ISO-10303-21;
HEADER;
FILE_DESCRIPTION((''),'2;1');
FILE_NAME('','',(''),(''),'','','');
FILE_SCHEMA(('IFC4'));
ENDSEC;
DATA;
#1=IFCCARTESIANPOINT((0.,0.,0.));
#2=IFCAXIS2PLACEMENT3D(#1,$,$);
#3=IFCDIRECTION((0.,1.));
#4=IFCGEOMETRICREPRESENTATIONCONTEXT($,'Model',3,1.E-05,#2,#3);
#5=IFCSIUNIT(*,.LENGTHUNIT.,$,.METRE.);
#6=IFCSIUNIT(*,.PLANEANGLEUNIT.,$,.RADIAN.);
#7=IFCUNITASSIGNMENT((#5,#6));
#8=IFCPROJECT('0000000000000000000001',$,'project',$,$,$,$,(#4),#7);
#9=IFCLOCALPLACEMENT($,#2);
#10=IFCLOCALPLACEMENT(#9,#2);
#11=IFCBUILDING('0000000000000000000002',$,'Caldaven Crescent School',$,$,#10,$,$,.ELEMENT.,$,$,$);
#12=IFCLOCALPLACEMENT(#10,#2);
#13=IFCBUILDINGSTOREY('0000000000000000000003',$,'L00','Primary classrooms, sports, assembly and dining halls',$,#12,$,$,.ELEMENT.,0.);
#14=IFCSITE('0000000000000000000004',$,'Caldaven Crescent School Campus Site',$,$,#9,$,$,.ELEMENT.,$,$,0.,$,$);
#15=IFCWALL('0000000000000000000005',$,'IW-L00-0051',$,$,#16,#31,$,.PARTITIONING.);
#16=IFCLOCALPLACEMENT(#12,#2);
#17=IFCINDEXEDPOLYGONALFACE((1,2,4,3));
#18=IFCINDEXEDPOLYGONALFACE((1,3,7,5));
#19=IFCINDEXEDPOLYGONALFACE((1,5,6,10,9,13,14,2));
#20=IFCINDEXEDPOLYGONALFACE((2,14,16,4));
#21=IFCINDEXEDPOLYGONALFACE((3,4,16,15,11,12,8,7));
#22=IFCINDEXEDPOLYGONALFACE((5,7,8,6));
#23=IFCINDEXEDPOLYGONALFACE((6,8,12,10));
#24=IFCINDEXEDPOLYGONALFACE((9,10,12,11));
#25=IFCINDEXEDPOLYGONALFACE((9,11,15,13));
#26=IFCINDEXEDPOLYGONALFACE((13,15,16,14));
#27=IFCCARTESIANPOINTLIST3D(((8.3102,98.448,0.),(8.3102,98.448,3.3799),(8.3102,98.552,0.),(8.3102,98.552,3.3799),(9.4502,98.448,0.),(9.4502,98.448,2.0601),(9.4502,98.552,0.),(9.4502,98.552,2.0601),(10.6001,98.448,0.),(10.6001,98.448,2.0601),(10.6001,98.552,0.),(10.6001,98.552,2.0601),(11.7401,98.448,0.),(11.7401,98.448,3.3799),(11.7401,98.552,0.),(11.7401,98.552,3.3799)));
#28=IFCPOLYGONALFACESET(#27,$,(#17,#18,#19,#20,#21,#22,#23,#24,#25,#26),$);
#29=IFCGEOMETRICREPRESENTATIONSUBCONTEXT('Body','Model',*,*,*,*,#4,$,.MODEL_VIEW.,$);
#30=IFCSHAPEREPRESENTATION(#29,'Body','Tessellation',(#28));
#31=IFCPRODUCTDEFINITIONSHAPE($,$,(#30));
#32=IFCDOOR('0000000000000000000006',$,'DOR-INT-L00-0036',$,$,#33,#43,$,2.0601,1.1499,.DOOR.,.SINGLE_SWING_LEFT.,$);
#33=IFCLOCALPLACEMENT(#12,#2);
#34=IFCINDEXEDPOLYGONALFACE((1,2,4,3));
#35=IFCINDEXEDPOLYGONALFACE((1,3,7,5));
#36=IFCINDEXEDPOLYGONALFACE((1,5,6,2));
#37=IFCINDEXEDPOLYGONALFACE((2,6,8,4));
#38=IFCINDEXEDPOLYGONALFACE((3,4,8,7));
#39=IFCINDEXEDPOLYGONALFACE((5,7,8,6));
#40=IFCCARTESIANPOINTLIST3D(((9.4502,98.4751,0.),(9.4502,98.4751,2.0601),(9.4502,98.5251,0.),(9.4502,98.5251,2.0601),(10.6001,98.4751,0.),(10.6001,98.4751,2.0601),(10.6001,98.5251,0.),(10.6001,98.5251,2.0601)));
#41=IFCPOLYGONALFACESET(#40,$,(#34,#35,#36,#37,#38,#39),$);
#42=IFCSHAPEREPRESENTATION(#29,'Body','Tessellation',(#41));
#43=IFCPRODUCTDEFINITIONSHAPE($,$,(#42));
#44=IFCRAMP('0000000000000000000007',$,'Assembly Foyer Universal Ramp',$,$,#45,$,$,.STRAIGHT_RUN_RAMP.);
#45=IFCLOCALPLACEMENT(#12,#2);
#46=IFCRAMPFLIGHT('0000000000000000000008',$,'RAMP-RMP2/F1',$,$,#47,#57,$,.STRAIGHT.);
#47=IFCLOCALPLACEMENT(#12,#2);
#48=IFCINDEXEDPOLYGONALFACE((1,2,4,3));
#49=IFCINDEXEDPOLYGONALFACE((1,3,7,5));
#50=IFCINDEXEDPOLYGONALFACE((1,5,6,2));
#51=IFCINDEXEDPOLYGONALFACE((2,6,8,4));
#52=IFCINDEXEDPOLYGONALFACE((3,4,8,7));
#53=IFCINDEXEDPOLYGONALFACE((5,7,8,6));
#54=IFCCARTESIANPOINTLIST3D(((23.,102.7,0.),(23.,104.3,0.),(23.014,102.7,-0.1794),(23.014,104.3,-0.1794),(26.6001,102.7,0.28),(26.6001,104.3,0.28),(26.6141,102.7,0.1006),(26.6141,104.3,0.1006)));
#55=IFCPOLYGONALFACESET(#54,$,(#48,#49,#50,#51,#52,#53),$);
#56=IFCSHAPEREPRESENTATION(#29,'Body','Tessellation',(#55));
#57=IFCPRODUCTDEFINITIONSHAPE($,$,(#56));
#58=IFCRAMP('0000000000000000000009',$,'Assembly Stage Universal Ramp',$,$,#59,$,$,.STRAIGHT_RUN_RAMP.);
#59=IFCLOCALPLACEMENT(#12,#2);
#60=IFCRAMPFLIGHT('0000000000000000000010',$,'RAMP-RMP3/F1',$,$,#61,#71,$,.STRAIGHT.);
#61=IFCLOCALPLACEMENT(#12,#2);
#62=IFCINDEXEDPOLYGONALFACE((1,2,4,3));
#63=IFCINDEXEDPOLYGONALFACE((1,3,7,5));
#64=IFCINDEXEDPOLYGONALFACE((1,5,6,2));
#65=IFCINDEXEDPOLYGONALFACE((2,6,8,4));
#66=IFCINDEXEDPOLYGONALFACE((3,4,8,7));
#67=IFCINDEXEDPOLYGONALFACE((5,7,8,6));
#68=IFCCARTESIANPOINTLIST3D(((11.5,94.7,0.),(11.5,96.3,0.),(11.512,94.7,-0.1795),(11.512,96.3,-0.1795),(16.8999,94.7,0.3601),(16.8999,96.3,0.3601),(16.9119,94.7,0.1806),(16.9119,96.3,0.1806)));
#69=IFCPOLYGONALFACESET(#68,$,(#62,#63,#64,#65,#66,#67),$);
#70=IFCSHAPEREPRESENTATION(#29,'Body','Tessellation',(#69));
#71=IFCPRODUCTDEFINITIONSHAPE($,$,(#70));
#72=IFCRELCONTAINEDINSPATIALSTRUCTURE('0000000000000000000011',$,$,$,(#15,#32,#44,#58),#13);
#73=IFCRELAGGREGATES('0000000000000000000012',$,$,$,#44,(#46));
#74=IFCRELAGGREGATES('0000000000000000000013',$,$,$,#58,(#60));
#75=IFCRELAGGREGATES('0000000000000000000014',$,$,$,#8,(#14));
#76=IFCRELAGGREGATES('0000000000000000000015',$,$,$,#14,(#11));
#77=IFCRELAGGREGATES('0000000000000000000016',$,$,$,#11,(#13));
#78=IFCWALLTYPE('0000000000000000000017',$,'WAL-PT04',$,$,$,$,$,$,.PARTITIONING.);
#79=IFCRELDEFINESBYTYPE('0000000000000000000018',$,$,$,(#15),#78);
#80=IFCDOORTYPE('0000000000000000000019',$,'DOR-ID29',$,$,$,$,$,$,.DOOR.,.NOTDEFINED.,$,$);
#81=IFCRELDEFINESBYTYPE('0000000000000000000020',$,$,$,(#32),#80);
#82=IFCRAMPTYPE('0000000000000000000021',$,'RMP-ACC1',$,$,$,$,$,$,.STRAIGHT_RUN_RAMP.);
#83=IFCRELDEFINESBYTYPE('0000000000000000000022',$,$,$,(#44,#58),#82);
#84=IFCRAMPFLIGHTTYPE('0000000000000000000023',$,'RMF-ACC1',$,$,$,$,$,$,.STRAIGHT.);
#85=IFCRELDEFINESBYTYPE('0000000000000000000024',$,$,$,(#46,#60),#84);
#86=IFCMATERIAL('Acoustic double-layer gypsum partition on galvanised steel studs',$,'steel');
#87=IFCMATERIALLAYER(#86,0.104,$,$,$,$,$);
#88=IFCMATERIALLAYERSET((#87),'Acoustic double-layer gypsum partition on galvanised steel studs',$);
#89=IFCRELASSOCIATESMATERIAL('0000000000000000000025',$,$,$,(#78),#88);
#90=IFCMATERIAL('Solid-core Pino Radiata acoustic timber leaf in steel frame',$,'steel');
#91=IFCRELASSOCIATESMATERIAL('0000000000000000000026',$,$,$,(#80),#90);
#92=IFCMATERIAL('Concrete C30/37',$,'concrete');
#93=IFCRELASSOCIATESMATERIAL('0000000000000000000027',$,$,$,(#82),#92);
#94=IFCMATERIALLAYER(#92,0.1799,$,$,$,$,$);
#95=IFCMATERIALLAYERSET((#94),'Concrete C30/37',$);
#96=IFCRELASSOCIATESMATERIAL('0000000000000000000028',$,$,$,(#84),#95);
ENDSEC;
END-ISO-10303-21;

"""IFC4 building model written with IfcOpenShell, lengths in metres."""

from ifc_helpers import new_model, si_unit, direction, frame, frame_2d, origin, place, context, subcontext, project, spatial, polyline, rectangle, outline, extrude, material, layer, layer_set, type_object, element, fill, aggregate, save


model = new_model("IFC4")

# Units and contexts
model_context = context("Model", 3, precision=1e-05, world=origin(), true_north=direction((0.0, 1.0)))
body_context = subcontext(model_context, "Body", "Model", "MODEL_VIEW")
ifc_project = project(units=[si_unit("LENGTHUNIT", "METRE"), si_unit("PLANEANGLEUNIT", "RADIAN")], contexts=[model_context])

# Site, building, storey
site_placement = place(None, origin())
site = spatial("IfcSite", under=ifc_project, at=site_placement, Name="Caldaven Crescent School Campus Site", CompositionType="ELEMENT", RefElevation=0.0)
building_placement = place(site_placement, origin())
building = spatial("IfcBuilding", under=site, at=building_placement, Name="Caldaven Crescent School", CompositionType="ELEMENT")
storey_placement = place(building_placement, origin())
storey = spatial("IfcBuildingStorey", under=building, at=storey_placement, Name="L00", Description="Primary classrooms, sports, assembly and dining halls", CompositionType="ELEMENT", Elevation=0.0)

# Shared definitions
ifc_material_1 = material(Name="Concrete C30/37", Category="concrete")

# Wall, opening, door
ifc_material_2 = material(Name="Acoustic double-layer gypsum partition on galvanised steel studs", Category="steel")
ifc_layer_1 = layer(ifc_material_2, 0.104)
ifc_layer_set_1 = layer_set([ifc_layer_1], Name="Acoustic double-layer gypsum partition on galvanised steel studs")
wall_type_1 = type_object("IfcWallType", Name="WAL-PT04", PredefinedType="PARTITIONING", material=ifc_layer_set_1)
wall_1_placement = place(storey_placement, frame((11.74, 98.5, 0.0), z_axis=(0.0, 0.0, 1.0), x_axis=(-1.0, 0.0, 0.0)))
wall_1 = element("IfcWall", 1, at=wall_1_placement, inside=storey, type_object=wall_type_1, Name="IW-L00-0051", PredefinedType="PARTITIONING", context=body_context, shape_type="SweptSolid", body=[
    extrude(rectangle(XDim=3.4299, YDim=0.104, at=frame_2d((1.7148, 0.0))), origin(), (0.0, 0.0, 1.0), 3.3799),
])
opening_placement = place(wall_1_placement, frame((1.1399, 0.0, 0.0)))
opening = element("IfcOpeningElement", 2, at=opening_placement, cuts=wall_1, PredefinedType="OPENING", context=body_context, shape_type="SweptSolid", body=[
    extrude(rectangle(XDim=1.1499, YDim=2.0601, at=frame_2d((0.575, 1.03))), frame((0.0, 0.062, 0.0), z_axis=(0.0, -1.0, 0.0), x_axis=(1.0, 0.0, 0.0)), (0.0, 0.0, 1.0), 0.124),
])
ifc_material_3 = material(Name="Solid-core Pino Radiata acoustic timber leaf in steel frame", Category="steel")
door_type = type_object("IfcDoorType", Name="DOR-ID29", OperationType="NOTDEFINED", PredefinedType="DOOR", material=ifc_material_3)
door_placement = place(opening_placement, origin())
door = element("IfcDoor", 3, at=door_placement, inside=storey, type_object=door_type, Name="DOR-INT-L00-0036", OperationType="SINGLE_SWING_LEFT", OverallHeight=2.0601, OverallWidth=1.1499, PredefinedType="DOOR", context=body_context, shape_type="SweptSolid", body=[
    extrude(rectangle(XDim=1.1499, YDim=2.0601, at=frame_2d((0.575, 1.03))), frame((0.0, 0.0249, 0.0), z_axis=(0.0, -1.0, 0.0), x_axis=(1.0, 0.0, 0.0)), (0.0, 0.0, 1.0), 0.05),
])
fill(opening, door)

# Ramps, ramp flights
ramp_type = type_object("IfcRampType", Name="RMP-ACC1", PredefinedType="STRAIGHT_RUN_RAMP", material=ifc_material_1)
ramp_1_placement = place(storey_placement, origin())
ramp_1 = element("IfcRamp", 4, at=ramp_1_placement, inside=storey, type_object=ramp_type, Name="Assembly Foyer Universal Ramp", PredefinedType="STRAIGHT_RUN_RAMP")
ifc_layer_2 = layer(ifc_material_1, 0.1799)
ifc_layer_set_2 = layer_set([ifc_layer_2], Name="Concrete C30/37")
ramp_flight_type = type_object("IfcRampFlightType", Name="RMF-ACC1", PredefinedType="STRAIGHT", material=ifc_layer_set_2)
ramp_flight_1_placement = place(storey_placement, frame((23.0, 102.7, 0.0), z_axis=(-0.07755, 0.0, 0.996988), x_axis=(0.996988, 0.0, 0.07755)))
ramp_flight_1 = element("IfcRampFlight", 5, at=ramp_flight_1_placement, type_object=ramp_flight_type, Name="RAMP-RMP2/F1", PredefinedType="STRAIGHT", context=body_context, shape_type="SweptSolid", body=[
    extrude(outline(polyline([(0.0, 0.0), (3.611, 0.0), (3.611, 1.6001), (0.0, 1.6001), (0.0, 0.0)])), origin(), (0.0, 0.0, -1.0), 0.1799),
])
aggregate(ramp_1, [ramp_flight_1])
ramp_2_placement = place(storey_placement, origin())
ramp_2 = element("IfcRamp", 6, at=ramp_2_placement, inside=storey, type_object=ramp_type, Name="Assembly Stage Universal Ramp", PredefinedType="STRAIGHT_RUN_RAMP")
ramp_flight_2_placement = place(storey_placement, frame((11.5, 94.7, 0.0), z_axis=(-0.06654, 0.0, 0.997784), x_axis=(0.997784, 0.0, 0.06654)))
ramp_flight_2 = element("IfcRampFlight", 7, at=ramp_flight_2_placement, type_object=ramp_flight_type, Name="RAMP-RMP3/F1", PredefinedType="STRAIGHT", context=body_context, shape_type="SweptSolid", body=[
    extrude(outline(polyline([(0.0, 0.0), (5.4119, 0.0), (5.4119, 1.6001), (0.0, 1.6001), (0.0, 0.0)])), origin(), (0.0, 0.0, -1.0), 0.1799),
])
aggregate(ramp_2, [ramp_flight_2])

save(model, "model.ifc")
